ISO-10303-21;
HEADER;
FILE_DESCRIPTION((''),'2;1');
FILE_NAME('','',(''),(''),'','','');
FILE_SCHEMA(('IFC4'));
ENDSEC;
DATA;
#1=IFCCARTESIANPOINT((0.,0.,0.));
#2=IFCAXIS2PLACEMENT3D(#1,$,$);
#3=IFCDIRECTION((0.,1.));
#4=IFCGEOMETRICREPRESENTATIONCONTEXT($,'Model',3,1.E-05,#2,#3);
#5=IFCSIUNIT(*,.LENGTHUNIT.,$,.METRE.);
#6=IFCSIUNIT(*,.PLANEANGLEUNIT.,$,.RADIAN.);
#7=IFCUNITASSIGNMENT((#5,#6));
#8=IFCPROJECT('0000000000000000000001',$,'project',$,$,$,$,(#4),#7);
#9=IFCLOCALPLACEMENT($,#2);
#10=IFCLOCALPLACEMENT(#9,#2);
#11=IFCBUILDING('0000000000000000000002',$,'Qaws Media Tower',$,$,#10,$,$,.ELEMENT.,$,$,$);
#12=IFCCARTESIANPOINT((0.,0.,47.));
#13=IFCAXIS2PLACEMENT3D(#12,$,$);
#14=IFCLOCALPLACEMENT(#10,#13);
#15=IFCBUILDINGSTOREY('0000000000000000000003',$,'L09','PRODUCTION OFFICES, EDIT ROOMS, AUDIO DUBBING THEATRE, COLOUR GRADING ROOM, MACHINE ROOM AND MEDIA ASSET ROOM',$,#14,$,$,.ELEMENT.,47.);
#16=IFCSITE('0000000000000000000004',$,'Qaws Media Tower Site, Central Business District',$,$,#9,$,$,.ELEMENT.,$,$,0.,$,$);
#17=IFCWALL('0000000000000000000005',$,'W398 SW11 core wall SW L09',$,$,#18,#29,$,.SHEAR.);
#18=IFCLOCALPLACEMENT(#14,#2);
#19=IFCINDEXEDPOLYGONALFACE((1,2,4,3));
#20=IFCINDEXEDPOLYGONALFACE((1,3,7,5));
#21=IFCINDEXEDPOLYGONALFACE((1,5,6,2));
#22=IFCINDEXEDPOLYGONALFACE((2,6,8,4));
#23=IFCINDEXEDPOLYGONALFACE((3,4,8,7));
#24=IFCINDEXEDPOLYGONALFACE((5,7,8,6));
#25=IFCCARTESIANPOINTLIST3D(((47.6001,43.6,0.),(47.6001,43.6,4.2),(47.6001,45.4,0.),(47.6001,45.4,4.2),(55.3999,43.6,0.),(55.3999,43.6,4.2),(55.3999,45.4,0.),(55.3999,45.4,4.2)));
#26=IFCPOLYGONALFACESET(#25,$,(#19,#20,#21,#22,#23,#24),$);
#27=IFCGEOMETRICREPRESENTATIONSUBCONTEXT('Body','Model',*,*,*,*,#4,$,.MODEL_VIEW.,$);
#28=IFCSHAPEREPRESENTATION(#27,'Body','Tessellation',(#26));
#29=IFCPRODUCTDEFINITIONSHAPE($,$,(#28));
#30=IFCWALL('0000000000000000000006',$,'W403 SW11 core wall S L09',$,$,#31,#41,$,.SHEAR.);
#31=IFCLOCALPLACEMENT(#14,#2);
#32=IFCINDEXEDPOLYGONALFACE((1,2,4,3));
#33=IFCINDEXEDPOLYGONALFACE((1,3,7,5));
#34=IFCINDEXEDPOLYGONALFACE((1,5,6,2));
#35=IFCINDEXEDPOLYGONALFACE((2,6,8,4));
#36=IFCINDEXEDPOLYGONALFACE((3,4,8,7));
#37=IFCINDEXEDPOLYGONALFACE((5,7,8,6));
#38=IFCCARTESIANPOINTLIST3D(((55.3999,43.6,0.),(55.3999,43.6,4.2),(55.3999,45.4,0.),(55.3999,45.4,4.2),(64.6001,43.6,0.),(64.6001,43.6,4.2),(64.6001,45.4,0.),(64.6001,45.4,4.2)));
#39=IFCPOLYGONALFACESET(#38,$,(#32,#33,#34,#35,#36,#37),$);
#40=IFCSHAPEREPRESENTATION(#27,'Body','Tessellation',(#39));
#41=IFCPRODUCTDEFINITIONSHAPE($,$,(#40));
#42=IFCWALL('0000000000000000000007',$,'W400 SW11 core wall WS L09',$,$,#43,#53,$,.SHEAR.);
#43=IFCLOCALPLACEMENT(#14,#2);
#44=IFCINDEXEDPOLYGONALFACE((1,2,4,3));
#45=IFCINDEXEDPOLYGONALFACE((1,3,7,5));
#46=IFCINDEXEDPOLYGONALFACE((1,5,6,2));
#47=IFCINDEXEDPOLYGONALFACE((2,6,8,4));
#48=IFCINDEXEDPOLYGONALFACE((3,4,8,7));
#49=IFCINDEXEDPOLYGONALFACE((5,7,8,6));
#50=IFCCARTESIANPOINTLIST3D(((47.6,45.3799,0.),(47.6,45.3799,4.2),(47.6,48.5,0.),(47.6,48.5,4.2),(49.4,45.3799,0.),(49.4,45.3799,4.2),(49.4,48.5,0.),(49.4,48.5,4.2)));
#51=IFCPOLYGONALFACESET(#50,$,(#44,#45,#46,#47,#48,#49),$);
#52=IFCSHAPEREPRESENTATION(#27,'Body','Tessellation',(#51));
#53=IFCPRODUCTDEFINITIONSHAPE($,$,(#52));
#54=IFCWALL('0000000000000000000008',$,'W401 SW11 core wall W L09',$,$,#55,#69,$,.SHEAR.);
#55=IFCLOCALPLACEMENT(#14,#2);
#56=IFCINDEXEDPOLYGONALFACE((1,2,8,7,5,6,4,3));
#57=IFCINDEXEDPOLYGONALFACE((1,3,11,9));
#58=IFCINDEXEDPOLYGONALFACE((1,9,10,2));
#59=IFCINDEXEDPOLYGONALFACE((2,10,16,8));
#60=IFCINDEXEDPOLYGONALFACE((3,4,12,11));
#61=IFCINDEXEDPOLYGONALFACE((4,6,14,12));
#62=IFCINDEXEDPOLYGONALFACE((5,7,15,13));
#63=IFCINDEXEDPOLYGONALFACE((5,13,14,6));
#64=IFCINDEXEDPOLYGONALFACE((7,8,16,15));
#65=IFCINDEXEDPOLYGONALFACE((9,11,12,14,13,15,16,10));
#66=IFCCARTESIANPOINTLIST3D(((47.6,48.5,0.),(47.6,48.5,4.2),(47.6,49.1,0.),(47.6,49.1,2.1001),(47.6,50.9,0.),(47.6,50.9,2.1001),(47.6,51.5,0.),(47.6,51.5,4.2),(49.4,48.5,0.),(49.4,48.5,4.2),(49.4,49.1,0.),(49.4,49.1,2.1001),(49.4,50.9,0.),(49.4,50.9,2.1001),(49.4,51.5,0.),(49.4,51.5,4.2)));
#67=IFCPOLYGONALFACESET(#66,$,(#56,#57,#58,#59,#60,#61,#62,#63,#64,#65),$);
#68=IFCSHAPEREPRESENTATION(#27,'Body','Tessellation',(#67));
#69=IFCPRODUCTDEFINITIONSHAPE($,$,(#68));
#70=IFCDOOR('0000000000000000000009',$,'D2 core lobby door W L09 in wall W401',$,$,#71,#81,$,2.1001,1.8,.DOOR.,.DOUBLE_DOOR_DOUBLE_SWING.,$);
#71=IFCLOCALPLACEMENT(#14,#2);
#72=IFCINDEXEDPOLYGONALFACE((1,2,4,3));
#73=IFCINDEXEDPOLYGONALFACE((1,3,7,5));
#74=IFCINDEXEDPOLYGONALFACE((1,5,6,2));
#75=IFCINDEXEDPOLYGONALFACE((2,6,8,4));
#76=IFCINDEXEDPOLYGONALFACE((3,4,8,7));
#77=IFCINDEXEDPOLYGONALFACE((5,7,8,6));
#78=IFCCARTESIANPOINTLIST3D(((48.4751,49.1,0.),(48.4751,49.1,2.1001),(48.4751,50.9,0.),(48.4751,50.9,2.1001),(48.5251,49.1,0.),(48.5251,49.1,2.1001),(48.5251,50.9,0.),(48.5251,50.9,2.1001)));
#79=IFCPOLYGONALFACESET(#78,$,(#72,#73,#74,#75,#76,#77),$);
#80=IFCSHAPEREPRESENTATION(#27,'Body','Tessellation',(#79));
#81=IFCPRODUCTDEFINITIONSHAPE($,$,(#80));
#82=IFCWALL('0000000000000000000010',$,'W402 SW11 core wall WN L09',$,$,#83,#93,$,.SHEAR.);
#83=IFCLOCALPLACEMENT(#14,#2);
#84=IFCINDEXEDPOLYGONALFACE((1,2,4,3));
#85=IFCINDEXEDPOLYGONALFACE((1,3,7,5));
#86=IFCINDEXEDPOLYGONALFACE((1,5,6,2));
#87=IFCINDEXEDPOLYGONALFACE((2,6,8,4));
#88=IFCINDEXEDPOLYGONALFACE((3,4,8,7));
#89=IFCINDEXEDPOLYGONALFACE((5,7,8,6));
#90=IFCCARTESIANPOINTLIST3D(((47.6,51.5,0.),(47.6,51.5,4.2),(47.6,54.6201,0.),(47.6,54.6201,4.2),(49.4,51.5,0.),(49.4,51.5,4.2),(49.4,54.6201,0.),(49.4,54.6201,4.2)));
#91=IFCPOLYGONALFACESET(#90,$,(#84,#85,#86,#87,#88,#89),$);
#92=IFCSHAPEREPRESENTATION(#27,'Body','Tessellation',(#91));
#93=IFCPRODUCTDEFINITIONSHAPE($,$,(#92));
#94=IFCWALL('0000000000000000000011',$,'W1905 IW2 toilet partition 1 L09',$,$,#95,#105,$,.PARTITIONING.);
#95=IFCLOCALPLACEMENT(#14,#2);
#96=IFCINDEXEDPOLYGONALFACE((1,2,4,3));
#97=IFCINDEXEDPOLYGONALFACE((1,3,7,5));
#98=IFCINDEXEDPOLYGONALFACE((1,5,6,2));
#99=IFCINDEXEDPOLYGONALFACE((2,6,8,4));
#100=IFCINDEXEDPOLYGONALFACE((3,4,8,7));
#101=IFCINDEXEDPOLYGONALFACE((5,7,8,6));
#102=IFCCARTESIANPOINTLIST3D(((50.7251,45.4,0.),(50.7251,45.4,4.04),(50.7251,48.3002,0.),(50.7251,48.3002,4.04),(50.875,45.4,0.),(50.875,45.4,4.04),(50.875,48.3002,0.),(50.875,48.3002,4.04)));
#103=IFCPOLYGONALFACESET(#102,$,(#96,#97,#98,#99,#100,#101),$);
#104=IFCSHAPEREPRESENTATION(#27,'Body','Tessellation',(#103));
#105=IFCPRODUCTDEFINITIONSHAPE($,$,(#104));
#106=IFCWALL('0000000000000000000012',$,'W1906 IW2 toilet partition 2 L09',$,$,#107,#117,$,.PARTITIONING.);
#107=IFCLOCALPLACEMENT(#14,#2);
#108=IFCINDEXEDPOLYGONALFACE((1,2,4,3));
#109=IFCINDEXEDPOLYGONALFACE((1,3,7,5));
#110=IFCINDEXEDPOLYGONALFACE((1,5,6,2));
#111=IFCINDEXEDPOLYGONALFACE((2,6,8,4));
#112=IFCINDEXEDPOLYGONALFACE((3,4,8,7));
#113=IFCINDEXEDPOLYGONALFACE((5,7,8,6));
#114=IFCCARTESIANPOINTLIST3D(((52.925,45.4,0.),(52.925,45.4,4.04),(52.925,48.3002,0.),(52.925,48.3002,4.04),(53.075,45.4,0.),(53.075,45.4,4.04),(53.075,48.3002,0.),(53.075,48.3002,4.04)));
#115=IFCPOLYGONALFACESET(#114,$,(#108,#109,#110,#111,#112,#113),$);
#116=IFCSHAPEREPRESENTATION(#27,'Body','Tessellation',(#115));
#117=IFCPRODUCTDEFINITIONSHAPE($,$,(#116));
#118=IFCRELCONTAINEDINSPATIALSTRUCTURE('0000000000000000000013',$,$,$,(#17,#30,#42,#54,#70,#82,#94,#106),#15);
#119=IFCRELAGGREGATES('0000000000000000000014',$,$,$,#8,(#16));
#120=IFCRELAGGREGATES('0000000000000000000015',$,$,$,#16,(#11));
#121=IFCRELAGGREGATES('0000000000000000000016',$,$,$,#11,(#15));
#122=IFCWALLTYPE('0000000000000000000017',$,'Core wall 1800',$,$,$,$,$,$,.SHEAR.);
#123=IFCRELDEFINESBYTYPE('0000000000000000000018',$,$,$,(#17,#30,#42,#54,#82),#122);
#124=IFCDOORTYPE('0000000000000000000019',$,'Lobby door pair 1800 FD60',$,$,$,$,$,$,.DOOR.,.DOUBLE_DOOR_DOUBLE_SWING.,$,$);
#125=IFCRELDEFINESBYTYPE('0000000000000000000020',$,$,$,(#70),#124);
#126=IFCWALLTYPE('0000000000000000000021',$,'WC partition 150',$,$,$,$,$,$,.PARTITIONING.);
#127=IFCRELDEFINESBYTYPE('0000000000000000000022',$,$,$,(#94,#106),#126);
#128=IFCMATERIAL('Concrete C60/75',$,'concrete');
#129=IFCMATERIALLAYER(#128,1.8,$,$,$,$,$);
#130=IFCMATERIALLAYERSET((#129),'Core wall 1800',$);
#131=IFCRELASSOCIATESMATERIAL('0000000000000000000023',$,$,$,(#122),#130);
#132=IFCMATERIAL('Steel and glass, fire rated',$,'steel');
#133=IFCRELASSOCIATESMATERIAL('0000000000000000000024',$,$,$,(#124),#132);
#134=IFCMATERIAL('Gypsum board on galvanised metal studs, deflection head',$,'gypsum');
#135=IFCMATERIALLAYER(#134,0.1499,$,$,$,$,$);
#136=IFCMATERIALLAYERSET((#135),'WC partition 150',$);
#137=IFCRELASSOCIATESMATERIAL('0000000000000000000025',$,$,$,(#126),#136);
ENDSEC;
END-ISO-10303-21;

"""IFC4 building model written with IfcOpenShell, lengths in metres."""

from ifc_helpers import new_model, si_unit, direction, frame, frame_2d, origin, place, context, subcontext, project, spatial, rectangle, extrude, material, layer, layer_set, type_object, element, fill, save


model = new_model("IFC4")

# Units and contexts
model_context = context("Model", 3, precision=1e-05, world=origin(), true_north=direction((0.0, 1.0)))
body_context = subcontext(model_context, "Body", "Model", "MODEL_VIEW")
ifc_project = project(units=[si_unit("LENGTHUNIT", "METRE"), si_unit("PLANEANGLEUNIT", "RADIAN")], contexts=[model_context])

# Site, building, storey
site_placement = place(None, origin())
site = spatial("IfcSite", under=ifc_project, at=site_placement, Name="Qaws Media Tower Site, Central Business District", CompositionType="ELEMENT", RefElevation=0.0)
building_placement = place(site_placement, origin())
building = spatial("IfcBuilding", under=site, at=building_placement, Name="Qaws Media Tower", CompositionType="ELEMENT")
storey_placement = place(building_placement, frame((0.0, 0.0, 47.0)))
storey = spatial("IfcBuildingStorey", under=building, at=storey_placement, Name="L09", Description="PRODUCTION OFFICES, EDIT ROOMS, AUDIO DUBBING THEATRE, COLOUR GRADING ROOM, MACHINE ROOM AND MEDIA ASSET ROOM", CompositionType="ELEMENT", Elevation=47.0)

# Walls
ifc_material_1 = material(Name="Concrete C60/75", Category="concrete")
ifc_layer_1 = layer(ifc_material_1, 1.8)
ifc_layer_set_1 = layer_set([ifc_layer_1], Name="Core wall 1800")
wall_type_1 = type_object("IfcWallType", Name="Core wall 1800", PredefinedType="SHEAR", material=ifc_layer_set_1)
wall_1_placement = place(storey_placement, frame((47.6001, 44.5, 0.0), z_axis=(0.0, 0.0, 1.0), x_axis=(1.0, 0.0, 0.0)))
element("IfcWall", 1, at=wall_1_placement, inside=storey, type_object=wall_type_1, Name="W398 SW11 core wall SW L09", PredefinedType="SHEAR", context=body_context, shape_type="SweptSolid", body=[
    extrude(rectangle(XDim=7.7998, YDim=1.8, at=frame_2d((3.8999, 0.0))), origin(), (0.0, 0.0, 1.0), 4.2),
])
wall_2_placement = place(storey_placement, frame((55.3999, 44.5, 0.0), z_axis=(0.0, 0.0, 1.0), x_axis=(1.0, 0.0, 0.0)))
element("IfcWall", 2, at=wall_2_placement, inside=storey, type_object=wall_type_1, Name="W403 SW11 core wall S L09", PredefinedType="SHEAR", context=body_context, shape_type="SweptSolid", body=[
    extrude(rectangle(XDim=9.2002, YDim=1.8, at=frame_2d((4.6001, 0.0))), origin(), (0.0, 0.0, 1.0), 4.2),
])
wall_3_placement = place(storey_placement, frame((48.5, 45.3799, 0.0), z_axis=(0.0, 0.0, 1.0), x_axis=(0.0, 1.0, 0.0)))
element("IfcWall", 3, at=wall_3_placement, inside=storey, type_object=wall_type_1, Name="W400 SW11 core wall WS L09", PredefinedType="SHEAR", context=body_context, shape_type="SweptSolid", body=[
    extrude(rectangle(XDim=3.1201, YDim=1.8, at=frame_2d((1.5601, 0.0))), origin(), (0.0, 0.0, 1.0), 4.2),
])

# Wall, opening, door
wall_4_placement = place(storey_placement, frame((48.5, 48.5, 0.0), z_axis=(0.0, 0.0, 1.0), x_axis=(0.0, 1.0, 0.0)))
wall_4 = element("IfcWall", 4, at=wall_4_placement, inside=storey, type_object=wall_type_1, Name="W401 SW11 core wall W L09", PredefinedType="SHEAR", context=body_context, shape_type="SweptSolid", body=[
    extrude(rectangle(XDim=3.0, YDim=1.8, at=frame_2d((1.5, 0.0))), origin(), (0.0, 0.0, 1.0), 4.2),
])
opening_1_placement = place(wall_4_placement, frame((0.6001, 0.0, 0.0)))
opening_1 = element("IfcOpeningElement", 5, at=opening_1_placement, cuts=wall_4, PredefinedType="OPENING", context=body_context, shape_type="SweptSolid", body=[
    extrude(rectangle(XDim=1.8, YDim=2.1001, at=frame_2d((0.8999, 1.05))), frame((0.0, 0.9099, 0.0), z_axis=(0.0, -1.0, 0.0), x_axis=(1.0, 0.0, 0.0)), (0.0, 0.0, 1.0), 1.8201),
])
ifc_material_2 = material(Name="Steel and glass, fire rated", Category="steel")
door_type_1 = type_object("IfcDoorType", Name="Lobby door pair 1800 FD60", OperationType="DOUBLE_DOOR_DOUBLE_SWING", PredefinedType="DOOR", material=ifc_material_2)
door_1_placement = place(opening_1_placement, origin())
door_1 = element("IfcDoor", 6, at=door_1_placement, inside=storey, type_object=door_type_1, Name="D2 core lobby door W L09 in wall W401", OperationType="DOUBLE_DOOR_DOUBLE_SWING", OverallHeight=2.1001, OverallWidth=1.8, PredefinedType="DOOR", context=body_context, shape_type="SweptSolid", body=[
    extrude(rectangle(XDim=1.8, YDim=2.1001, at=frame_2d((0.8999, 1.05))), frame((0.0, 0.0249, 0.0), z_axis=(0.0, -1.0, 0.0), x_axis=(1.0, 0.0, 0.0)), (0.0, 0.0, 1.0), 0.05),
])
fill(opening_1, door_1)

# Walls
wall_5_placement = place(storey_placement, frame((48.5, 51.5, 0.0), z_axis=(0.0, 0.0, 1.0), x_axis=(0.0, 1.0, 0.0)))
element("IfcWall", 7, at=wall_5_placement, inside=storey, type_object=wall_type_1, Name="W402 SW11 core wall WN L09", PredefinedType="SHEAR", context=body_context, shape_type="SweptSolid", body=[
    extrude(rectangle(XDim=3.1201, YDim=1.8, at=frame_2d((1.5601, 0.0))), origin(), (0.0, 0.0, 1.0), 4.2),
])
ifc_material_3 = material(Name="Gypsum board on galvanised metal studs, deflection head", Category="gypsum")
ifc_layer_2 = layer(ifc_material_3, 0.1499)
ifc_layer_set_2 = layer_set([ifc_layer_2], Name="WC partition 150")
wall_type_2 = type_object("IfcWallType", Name="WC partition 150", PredefinedType="PARTITIONING", material=ifc_layer_set_2)
for number, where, z_axis, x_axis, name in (
    (8, (50.8, 45.3999, 0.0), (0.0, 0.0, 1.0), (0.0, 1.0, 0.0), "W1905 IW2 toilet partition 1 L09"),
    (9, (53.0, 45.3999, 0.0), (0.0, 0.0, 1.0), (0.0, 1.0, 0.0), "W1906 IW2 toilet partition 2 L09"),
):
    element("IfcWall", number, at=place(storey_placement, frame(where, z_axis=z_axis, x_axis=x_axis)), inside=storey, type_object=wall_type_2, Name=name, PredefinedType="PARTITIONING", context=body_context, shape_type="SweptSolid", body=[
        extrude(rectangle(XDim=2.9001, YDim=0.1499, at=frame_2d((1.4502, 0.0))), origin(), (0.0, 0.0, 1.0), 4.04),
    ])

save(model, "model.ifc")
